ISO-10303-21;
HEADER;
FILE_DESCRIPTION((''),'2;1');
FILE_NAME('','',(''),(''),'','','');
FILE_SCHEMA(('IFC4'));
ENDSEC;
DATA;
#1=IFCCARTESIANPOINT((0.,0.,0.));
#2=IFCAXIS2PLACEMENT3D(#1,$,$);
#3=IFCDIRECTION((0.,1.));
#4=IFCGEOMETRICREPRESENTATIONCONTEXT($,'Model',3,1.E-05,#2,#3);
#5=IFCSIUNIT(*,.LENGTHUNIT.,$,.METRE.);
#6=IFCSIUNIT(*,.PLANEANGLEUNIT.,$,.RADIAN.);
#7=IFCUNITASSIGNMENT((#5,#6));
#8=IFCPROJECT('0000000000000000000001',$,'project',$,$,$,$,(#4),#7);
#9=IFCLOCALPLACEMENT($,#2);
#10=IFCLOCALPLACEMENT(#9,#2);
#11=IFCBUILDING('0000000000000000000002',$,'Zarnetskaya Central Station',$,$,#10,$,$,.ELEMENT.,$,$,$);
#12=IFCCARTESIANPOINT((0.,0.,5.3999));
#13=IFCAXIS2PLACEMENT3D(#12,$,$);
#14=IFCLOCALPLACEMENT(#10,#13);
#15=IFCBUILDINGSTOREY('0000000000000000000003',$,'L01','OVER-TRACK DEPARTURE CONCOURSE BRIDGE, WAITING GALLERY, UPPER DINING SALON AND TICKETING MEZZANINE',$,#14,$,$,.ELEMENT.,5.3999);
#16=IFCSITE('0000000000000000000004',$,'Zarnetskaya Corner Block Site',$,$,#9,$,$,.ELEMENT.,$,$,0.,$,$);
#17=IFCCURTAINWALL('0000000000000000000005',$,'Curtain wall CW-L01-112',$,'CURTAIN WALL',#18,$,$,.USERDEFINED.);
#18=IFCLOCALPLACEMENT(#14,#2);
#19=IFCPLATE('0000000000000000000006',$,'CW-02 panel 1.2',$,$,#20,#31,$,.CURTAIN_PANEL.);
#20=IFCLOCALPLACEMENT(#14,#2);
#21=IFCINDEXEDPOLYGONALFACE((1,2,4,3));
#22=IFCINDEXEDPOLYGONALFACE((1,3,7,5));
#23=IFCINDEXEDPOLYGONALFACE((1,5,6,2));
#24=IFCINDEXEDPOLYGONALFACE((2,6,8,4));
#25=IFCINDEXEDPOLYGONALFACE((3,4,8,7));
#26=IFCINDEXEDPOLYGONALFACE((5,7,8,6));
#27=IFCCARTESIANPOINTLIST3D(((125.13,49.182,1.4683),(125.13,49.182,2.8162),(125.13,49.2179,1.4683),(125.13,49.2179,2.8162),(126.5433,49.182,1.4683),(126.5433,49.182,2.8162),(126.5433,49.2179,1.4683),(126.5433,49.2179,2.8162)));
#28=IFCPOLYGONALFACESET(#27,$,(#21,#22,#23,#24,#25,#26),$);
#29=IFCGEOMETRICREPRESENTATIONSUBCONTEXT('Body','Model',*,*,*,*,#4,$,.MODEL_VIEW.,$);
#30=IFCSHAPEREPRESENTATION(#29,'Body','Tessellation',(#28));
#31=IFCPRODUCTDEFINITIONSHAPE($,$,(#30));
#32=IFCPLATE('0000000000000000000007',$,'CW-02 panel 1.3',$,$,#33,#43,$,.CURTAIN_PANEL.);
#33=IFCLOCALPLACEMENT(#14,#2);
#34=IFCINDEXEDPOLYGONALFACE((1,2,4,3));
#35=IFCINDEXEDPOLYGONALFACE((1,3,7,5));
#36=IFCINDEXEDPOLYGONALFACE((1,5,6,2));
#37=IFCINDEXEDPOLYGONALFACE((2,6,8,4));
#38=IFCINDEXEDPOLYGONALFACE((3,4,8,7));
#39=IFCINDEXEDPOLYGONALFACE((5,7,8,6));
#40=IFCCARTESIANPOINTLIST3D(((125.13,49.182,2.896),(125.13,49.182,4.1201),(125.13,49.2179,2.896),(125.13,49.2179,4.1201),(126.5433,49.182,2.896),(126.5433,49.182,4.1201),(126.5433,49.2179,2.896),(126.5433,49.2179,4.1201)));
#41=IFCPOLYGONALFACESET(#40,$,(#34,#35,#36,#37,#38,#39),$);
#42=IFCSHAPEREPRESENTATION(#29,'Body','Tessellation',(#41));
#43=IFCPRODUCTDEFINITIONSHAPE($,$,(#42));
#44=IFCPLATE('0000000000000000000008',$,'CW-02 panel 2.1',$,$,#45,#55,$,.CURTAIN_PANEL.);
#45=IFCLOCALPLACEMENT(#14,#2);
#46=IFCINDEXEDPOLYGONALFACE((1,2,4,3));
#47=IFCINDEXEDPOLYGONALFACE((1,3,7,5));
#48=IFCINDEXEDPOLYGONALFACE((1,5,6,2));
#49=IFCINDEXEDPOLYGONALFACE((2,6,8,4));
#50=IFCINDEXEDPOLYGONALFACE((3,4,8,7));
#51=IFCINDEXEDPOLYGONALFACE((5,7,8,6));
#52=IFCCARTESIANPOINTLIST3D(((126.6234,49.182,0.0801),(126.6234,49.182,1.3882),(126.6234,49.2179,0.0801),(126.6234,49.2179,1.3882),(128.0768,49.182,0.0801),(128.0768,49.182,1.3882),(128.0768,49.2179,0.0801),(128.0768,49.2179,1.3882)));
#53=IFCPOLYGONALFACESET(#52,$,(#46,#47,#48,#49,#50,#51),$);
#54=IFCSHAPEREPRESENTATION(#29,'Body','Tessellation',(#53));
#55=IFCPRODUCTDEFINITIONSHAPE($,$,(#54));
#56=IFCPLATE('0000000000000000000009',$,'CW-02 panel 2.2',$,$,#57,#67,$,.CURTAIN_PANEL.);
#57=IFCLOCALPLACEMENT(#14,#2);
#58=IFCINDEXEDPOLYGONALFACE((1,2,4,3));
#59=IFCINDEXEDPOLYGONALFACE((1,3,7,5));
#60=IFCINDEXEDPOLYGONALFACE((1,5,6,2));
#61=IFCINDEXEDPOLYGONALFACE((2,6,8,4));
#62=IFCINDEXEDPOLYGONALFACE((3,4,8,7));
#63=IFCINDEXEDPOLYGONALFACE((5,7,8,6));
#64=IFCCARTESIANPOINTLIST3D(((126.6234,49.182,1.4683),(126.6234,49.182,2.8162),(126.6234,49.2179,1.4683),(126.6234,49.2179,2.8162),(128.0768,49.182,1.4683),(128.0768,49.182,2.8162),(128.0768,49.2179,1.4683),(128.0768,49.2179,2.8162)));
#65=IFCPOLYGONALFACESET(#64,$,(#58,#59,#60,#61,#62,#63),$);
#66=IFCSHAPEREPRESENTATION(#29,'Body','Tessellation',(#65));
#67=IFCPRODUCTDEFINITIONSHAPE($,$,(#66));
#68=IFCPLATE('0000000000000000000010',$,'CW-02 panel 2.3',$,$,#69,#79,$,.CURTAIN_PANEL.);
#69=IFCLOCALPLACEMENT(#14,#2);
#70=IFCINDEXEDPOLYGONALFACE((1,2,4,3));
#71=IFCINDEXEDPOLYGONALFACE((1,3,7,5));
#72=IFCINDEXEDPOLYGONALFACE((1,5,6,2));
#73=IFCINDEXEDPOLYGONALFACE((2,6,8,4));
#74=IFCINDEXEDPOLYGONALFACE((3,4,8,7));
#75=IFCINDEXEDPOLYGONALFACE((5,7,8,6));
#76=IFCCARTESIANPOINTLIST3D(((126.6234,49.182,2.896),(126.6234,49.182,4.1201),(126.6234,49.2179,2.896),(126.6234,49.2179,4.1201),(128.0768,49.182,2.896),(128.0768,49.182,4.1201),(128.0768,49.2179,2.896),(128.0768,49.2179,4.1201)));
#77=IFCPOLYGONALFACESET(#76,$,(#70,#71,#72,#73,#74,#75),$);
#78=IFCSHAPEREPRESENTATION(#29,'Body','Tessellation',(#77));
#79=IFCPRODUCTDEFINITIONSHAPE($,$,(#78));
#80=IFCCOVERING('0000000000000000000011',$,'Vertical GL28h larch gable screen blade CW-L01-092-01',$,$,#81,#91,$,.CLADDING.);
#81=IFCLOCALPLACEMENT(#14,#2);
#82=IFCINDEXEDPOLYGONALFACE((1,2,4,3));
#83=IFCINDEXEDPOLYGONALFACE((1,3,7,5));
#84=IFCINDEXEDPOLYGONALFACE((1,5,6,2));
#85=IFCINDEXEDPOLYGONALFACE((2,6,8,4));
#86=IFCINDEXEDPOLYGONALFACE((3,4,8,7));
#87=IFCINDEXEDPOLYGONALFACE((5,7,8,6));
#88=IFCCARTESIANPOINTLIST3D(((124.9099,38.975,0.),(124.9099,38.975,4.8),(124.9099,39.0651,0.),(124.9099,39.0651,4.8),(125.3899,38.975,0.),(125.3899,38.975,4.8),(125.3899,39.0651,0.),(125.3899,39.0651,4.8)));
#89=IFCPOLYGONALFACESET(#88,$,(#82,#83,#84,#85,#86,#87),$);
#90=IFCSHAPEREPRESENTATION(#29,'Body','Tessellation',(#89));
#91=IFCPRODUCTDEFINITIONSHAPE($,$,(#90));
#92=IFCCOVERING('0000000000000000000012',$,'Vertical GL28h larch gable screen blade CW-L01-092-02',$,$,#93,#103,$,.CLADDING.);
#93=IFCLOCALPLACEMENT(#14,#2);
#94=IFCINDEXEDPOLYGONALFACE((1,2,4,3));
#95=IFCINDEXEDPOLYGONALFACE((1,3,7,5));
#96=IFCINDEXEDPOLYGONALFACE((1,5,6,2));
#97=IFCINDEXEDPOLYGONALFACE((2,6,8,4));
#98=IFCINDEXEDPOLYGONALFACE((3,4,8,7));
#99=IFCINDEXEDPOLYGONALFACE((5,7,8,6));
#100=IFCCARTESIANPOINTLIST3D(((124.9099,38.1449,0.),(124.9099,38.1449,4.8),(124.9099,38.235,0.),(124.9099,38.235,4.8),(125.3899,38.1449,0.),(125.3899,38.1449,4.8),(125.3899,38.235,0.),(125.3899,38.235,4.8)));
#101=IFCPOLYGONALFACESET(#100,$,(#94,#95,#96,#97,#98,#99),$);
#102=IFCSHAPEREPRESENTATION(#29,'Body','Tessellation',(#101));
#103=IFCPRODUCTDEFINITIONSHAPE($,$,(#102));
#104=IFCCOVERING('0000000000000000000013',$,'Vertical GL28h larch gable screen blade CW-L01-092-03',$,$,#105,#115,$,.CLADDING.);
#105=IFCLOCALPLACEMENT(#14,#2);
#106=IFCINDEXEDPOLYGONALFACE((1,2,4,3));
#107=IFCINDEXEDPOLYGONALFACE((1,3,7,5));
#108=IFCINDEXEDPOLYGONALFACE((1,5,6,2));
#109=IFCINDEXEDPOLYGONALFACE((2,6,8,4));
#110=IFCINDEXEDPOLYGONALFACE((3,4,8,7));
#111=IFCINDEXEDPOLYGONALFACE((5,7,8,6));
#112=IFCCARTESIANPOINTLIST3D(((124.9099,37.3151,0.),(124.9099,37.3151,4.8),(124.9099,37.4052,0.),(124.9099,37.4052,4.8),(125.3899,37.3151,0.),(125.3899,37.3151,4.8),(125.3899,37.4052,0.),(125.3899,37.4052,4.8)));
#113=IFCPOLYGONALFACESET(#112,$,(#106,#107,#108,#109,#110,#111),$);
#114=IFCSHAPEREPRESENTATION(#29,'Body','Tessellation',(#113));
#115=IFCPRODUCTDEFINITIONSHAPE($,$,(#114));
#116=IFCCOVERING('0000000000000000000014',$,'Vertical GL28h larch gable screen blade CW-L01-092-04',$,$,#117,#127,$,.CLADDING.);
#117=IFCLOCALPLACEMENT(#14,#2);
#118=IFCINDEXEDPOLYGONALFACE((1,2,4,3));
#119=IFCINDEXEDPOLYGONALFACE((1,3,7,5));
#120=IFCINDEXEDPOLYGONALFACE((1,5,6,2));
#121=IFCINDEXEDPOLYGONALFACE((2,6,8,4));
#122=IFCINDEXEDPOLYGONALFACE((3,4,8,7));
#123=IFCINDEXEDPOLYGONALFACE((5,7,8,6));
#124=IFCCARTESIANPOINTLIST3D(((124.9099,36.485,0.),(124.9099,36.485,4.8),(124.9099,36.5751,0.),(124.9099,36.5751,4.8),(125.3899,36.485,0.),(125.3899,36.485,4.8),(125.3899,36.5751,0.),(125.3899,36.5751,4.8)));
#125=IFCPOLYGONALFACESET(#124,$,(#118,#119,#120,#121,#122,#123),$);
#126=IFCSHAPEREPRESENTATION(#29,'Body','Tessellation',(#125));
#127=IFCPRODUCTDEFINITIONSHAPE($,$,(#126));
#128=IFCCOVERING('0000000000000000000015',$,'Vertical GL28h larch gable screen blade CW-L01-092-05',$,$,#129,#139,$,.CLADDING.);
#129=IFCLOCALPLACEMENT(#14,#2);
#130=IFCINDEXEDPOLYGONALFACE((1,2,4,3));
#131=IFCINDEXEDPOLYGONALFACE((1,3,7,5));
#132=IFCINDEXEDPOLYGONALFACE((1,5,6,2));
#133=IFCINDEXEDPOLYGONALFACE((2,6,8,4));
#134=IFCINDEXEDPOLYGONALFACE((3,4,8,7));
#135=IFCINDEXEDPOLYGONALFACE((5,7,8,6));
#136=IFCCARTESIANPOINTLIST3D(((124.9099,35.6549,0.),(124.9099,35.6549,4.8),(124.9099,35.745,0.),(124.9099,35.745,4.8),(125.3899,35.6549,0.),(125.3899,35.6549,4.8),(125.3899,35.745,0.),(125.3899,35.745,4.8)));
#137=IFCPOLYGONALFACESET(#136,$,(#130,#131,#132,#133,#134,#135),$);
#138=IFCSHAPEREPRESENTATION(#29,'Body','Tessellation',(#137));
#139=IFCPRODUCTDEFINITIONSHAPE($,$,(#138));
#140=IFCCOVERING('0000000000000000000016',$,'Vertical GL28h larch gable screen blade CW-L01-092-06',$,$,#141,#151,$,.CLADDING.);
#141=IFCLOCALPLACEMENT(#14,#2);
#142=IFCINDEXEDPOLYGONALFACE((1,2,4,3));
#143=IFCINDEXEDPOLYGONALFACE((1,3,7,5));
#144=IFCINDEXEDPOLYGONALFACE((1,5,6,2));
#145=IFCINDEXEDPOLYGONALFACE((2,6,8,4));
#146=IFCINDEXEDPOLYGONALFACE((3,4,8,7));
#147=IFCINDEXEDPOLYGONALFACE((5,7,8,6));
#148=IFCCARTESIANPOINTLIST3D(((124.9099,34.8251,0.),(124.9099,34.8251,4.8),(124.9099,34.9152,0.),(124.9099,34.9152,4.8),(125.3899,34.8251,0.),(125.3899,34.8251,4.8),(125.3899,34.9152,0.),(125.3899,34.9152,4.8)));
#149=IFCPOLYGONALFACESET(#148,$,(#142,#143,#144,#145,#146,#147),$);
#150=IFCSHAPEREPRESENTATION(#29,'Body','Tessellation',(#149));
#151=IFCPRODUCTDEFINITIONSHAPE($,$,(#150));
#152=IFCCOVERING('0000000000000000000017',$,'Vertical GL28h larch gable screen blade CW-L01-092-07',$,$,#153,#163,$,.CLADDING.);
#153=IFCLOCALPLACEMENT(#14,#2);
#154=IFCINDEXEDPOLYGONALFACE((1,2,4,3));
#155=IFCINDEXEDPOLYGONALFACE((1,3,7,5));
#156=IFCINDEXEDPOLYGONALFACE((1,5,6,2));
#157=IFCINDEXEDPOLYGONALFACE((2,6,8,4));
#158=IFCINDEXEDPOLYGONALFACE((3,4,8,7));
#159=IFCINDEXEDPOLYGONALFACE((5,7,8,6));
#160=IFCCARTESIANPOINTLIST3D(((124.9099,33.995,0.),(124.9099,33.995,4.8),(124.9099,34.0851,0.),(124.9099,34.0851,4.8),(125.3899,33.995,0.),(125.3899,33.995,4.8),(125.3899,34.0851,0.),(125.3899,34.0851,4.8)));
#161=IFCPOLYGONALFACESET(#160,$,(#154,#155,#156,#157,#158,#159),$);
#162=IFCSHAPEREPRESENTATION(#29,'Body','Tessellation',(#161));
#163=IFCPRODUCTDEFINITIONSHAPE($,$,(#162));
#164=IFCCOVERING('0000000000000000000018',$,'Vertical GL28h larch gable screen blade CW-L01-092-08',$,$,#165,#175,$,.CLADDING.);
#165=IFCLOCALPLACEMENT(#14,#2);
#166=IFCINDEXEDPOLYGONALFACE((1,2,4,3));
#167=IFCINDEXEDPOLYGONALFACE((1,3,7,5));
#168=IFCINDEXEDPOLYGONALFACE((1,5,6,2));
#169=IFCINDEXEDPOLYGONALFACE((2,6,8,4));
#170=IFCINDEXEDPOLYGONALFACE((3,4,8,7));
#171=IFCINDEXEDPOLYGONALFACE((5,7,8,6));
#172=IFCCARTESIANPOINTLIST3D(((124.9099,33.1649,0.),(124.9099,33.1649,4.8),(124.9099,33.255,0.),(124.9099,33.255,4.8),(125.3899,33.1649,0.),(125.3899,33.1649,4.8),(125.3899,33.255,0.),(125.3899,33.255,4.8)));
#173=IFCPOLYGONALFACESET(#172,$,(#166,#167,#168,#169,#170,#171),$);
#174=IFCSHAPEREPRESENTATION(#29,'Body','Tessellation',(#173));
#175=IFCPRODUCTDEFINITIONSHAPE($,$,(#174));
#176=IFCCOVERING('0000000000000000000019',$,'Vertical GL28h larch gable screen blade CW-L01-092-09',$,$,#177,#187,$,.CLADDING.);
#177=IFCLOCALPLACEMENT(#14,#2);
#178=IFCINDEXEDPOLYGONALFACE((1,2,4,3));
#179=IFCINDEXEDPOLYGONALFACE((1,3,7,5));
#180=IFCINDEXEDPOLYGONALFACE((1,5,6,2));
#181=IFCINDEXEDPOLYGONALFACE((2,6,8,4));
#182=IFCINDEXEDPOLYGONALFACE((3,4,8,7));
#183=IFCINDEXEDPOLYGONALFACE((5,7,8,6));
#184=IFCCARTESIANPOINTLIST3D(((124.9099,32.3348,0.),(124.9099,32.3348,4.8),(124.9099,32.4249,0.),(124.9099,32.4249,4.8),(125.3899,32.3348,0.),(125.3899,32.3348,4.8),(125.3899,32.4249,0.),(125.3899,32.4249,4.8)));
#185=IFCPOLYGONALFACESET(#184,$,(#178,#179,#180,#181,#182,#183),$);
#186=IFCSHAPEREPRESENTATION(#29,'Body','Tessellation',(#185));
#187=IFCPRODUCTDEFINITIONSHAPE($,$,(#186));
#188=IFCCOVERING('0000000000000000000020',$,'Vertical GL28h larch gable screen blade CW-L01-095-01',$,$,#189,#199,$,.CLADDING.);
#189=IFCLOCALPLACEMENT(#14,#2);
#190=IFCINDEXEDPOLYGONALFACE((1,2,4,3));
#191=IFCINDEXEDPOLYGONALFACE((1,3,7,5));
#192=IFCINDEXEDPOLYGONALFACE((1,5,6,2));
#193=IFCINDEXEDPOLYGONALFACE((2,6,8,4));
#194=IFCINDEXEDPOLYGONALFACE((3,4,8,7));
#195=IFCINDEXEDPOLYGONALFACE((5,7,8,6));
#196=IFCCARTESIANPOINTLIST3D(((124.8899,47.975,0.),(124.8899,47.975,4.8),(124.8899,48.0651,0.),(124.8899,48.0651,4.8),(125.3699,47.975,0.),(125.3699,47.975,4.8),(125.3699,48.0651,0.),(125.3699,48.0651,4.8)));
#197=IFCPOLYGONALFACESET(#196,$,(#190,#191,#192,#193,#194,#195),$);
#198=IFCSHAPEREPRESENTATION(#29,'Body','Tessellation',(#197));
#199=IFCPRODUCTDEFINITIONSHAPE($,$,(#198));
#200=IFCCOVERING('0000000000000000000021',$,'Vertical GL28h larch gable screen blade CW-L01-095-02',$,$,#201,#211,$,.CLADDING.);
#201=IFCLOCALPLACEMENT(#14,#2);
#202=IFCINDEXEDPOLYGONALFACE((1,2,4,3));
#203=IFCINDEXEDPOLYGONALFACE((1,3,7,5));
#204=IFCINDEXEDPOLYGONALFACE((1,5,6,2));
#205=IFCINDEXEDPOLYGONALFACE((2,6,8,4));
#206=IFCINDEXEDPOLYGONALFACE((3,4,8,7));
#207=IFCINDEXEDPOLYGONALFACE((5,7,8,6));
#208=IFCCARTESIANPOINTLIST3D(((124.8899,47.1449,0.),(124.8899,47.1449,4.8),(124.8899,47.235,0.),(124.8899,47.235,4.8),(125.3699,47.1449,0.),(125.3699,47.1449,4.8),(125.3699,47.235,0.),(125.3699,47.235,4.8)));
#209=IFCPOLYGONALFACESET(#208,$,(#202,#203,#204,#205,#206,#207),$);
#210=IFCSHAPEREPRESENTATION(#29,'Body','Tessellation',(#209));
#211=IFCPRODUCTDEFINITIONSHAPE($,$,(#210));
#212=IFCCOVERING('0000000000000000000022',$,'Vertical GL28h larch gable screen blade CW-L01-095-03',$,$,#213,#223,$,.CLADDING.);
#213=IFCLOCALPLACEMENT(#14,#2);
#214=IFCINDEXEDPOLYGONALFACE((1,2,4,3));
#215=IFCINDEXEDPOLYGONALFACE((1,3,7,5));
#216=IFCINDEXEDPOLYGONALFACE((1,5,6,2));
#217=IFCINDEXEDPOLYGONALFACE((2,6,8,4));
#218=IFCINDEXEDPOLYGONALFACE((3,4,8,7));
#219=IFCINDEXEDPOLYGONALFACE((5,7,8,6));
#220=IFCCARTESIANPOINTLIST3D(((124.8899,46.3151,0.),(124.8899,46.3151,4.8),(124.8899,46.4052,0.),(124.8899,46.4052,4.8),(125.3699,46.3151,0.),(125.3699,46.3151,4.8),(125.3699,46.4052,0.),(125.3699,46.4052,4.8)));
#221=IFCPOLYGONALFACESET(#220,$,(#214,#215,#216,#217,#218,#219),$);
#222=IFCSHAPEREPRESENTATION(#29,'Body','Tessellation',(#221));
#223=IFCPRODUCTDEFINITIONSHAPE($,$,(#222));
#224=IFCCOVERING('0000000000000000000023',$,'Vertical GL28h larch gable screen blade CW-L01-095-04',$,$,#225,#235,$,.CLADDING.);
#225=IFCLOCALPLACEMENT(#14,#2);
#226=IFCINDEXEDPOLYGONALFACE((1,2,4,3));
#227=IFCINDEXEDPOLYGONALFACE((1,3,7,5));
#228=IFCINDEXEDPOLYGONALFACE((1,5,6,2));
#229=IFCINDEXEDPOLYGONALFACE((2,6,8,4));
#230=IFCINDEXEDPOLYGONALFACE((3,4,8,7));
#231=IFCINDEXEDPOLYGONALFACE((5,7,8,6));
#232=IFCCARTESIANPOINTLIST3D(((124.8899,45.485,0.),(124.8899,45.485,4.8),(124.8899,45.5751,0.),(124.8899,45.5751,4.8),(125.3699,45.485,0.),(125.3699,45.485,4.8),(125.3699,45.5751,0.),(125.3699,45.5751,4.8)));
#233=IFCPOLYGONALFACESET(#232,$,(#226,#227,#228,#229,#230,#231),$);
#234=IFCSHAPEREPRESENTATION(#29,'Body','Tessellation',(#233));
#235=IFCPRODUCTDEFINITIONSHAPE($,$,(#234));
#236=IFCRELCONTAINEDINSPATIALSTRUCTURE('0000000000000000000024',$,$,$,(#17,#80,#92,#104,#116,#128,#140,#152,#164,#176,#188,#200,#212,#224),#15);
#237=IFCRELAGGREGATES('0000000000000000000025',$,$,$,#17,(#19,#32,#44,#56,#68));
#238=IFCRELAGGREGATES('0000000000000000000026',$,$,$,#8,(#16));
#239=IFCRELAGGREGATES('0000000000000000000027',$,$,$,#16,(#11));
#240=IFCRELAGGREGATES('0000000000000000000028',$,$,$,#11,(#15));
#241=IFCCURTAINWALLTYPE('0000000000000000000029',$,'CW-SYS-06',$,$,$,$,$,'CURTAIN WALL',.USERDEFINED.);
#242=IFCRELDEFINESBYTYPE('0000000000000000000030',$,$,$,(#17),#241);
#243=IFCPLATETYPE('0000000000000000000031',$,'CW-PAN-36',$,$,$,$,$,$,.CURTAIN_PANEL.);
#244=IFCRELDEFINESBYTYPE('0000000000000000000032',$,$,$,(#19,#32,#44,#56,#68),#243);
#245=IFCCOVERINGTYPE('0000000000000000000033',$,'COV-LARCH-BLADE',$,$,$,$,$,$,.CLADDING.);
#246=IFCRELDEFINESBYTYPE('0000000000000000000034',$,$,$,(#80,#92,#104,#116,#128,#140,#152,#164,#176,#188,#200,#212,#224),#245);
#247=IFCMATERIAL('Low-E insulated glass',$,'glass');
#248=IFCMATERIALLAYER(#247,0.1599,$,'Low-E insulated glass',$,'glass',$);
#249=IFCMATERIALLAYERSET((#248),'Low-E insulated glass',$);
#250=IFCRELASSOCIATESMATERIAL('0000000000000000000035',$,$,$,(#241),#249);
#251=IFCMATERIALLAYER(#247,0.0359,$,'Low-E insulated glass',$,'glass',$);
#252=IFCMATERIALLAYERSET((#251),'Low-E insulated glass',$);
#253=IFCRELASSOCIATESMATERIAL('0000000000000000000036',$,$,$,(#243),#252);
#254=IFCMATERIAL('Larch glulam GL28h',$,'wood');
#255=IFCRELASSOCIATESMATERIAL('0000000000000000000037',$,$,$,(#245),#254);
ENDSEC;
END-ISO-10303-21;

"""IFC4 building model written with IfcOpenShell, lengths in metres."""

from ifc_helpers import new_model, si_unit, direction, frame, origin, origin_2d, place, context, subcontext, project, spatial, rectangle, extrude, material, layer, layer_set, type_object, element, aggregate, save


model = new_model("IFC4")

# Units and contexts
model_context = context("Model", 3, precision=1e-05, world=origin(), true_north=direction((0.0, 1.0)))
body_context = subcontext(model_context, "Body", "Model", "MODEL_VIEW")
ifc_project = project(units=[si_unit("LENGTHUNIT", "METRE"), si_unit("PLANEANGLEUNIT", "RADIAN")], contexts=[model_context])

# Site, building, storey
site_placement = place(None, origin())
site = spatial("IfcSite", under=ifc_project, at=site_placement, Name="Zarnetskaya Corner Block Site", CompositionType="ELEMENT", RefElevation=0.0)
building_placement = place(site_placement, origin())
building = spatial("IfcBuilding", under=site, at=building_placement, Name="Zarnetskaya Central Station", CompositionType="ELEMENT")
storey_placement = place(building_placement, frame((0.0, 0.0, 5.3999)))
storey = spatial("IfcBuildingStorey", under=building, at=storey_placement, Name="L01", Description="OVER-TRACK DEPARTURE CONCOURSE BRIDGE, WAITING GALLERY, UPPER DINING SALON AND TICKETING MEZZANINE", CompositionType="ELEMENT", Elevation=5.3999)

# Curtain wall, plates
ifc_material_1 = material(Name="Low-E insulated glass", Category="glass")
ifc_layer_1 = layer(ifc_material_1, 0.1599, Name="Low-E insulated glass", Category="glass")
ifc_layer_set_1 = layer_set([ifc_layer_1], Name="Low-E insulated glass")
curtain_wall_type = type_object("IfcCurtainWallType", Name="CW-SYS-06", ElementType="CURTAIN WALL", PredefinedType="USERDEFINED", material=ifc_layer_set_1)
curtain_wall_placement = place(storey_placement, origin())
curtain_wall = element("IfcCurtainWall", 1, at=curtain_wall_placement, inside=storey, type_object=curtain_wall_type, Name="Curtain wall CW-L01-112", ObjectType="CURTAIN WALL", PredefinedType="USERDEFINED")
ifc_layer_2 = layer(ifc_material_1, 0.0359, Name="Low-E insulated glass", Category="glass")
ifc_layer_set_2 = layer_set([ifc_layer_2], Name="Low-E insulated glass")
plate_type = type_object("IfcPlateType", Name="CW-PAN-36", PredefinedType="CURTAIN_PANEL", material=ifc_layer_set_2)
plate_1_placement = place(storey_placement, frame((125.8367, 49.2, 1.4683), z_axis=(0.0, 0.0, 1.0), x_axis=(1.0, 0.0, 0.0)))
plate_1 = element("IfcPlate", 2, at=plate_1_placement, type_object=plate_type, Name="CW-02 panel 1.2", PredefinedType="CURTAIN_PANEL", context=body_context, shape_type="SweptSolid", body=[
    extrude(rectangle(XDim=1.4133, YDim=0.0359, at=origin_2d()), origin(), (0.0, 0.0, 1.0), 1.3479),
])
plate_2_placement = place(storey_placement, frame((125.8367, 49.2, 2.896), z_axis=(0.0, 0.0, 1.0), x_axis=(1.0, 0.0, 0.0)))
plate_2 = element("IfcPlate", 3, at=plate_2_placement, type_object=plate_type, Name="CW-02 panel 1.3", PredefinedType="CURTAIN_PANEL", context=body_context, shape_type="SweptSolid", body=[
    extrude(rectangle(XDim=1.4133, YDim=0.0359, at=origin_2d()), origin(), (0.0, 0.0, 1.0), 1.2241),
])
plate_3_placement = place(storey_placement, frame((127.3501, 49.2, 0.0801), z_axis=(0.0, 0.0, 1.0), x_axis=(1.0, 0.0, 0.0)))
plate_3 = element("IfcPlate", 4, at=plate_3_placement, type_object=plate_type, Name="CW-02 panel 2.1", PredefinedType="CURTAIN_PANEL", context=body_context, shape_type="SweptSolid", body=[
    extrude(rectangle(XDim=1.4534, YDim=0.0359, at=origin_2d()), origin(), (0.0, 0.0, 1.0), 1.3081),
])
plate_4_placement = place(storey_placement, frame((127.3501, 49.2, 1.4683), z_axis=(0.0, 0.0, 1.0), x_axis=(1.0, 0.0, 0.0)))
plate_4 = element("IfcPlate", 5, at=plate_4_placement, type_object=plate_type, Name="CW-02 panel 2.2", PredefinedType="CURTAIN_PANEL", context=body_context, shape_type="SweptSolid", body=[
    extrude(rectangle(XDim=1.4534, YDim=0.0359, at=origin_2d()), origin(), (0.0, 0.0, 1.0), 1.3479),
])
plate_5_placement = place(storey_placement, frame((127.3501, 49.2, 2.896), z_axis=(0.0, 0.0, 1.0), x_axis=(1.0, 0.0, 0.0)))
plate_5 = element("IfcPlate", 6, at=plate_5_placement, type_object=plate_type, Name="CW-02 panel 2.3", PredefinedType="CURTAIN_PANEL", context=body_context, shape_type="SweptSolid", body=[
    extrude(rectangle(XDim=1.4534, YDim=0.0359, at=origin_2d()), origin(), (0.0, 0.0, 1.0), 1.2241),
])
aggregate(curtain_wall, [plate_1, plate_2, plate_3, plate_4, plate_5])

# Coverings
ifc_material_2 = material(Name="Larch glulam GL28h", Category="wood")
covering_type = type_object("IfcCoveringType", Name="COV-LARCH-BLADE", PredefinedType="CLADDING", material=ifc_material_2)
for number, where, z_axis, x_axis, name in (
    (7, (125.1499, 39.02, 0.0), (0.0, 0.0, 1.0), (0.0, -1.0, 0.0), "Vertical GL28h larch gable screen blade CW-L01-092-01"),
    (8, (125.1499, 38.1899, 0.0), (0.0, 0.0, 1.0), (0.0, -1.0, 0.0), "Vertical GL28h larch gable screen blade CW-L01-092-02"),
    (9, (125.1499, 37.3601, 0.0), (0.0, 0.0, 1.0), (0.0, -1.0, 0.0), "Vertical GL28h larch gable screen blade CW-L01-092-03"),
    (10, (125.1499, 36.53, 0.0), (0.0, 0.0, 1.0), (0.0, -1.0, 0.0), "Vertical GL28h larch gable screen blade CW-L01-092-04"),
    (11, (125.1499, 35.7, 0.0), (0.0, 0.0, 1.0), (0.0, -1.0, 0.0), "Vertical GL28h larch gable screen blade CW-L01-092-05"),
    (12, (125.1499, 34.8701, 0.0), (0.0, 0.0, 1.0), (0.0, -1.0, 0.0), "Vertical GL28h larch gable screen blade CW-L01-092-06"),
    (13, (125.1499, 34.04, 0.0), (0.0, 0.0, 1.0), (0.0, -1.0, 0.0), "Vertical GL28h larch gable screen blade CW-L01-092-07"),
    (14, (125.1499, 33.21, 0.0), (0.0, 0.0, 1.0), (0.0, -1.0, 0.0), "Vertical GL28h larch gable screen blade CW-L01-092-08"),
    (15, (125.1499, 32.3799, 0.0), (0.0, 0.0, 1.0), (0.0, -1.0, 0.0), "Vertical GL28h larch gable screen blade CW-L01-092-09"),
    (16, (125.1299, 48.02, 0.0), (0.0, 0.0, 1.0), (0.0, -1.0, 0.0), "Vertical GL28h larch gable screen blade CW-L01-095-01"),
    (17, (125.1299, 47.1899, 0.0), (0.0, 0.0, 1.0), (0.0, -1.0, 0.0), "Vertical GL28h larch gable screen blade CW-L01-095-02"),
    (18, (125.1299, 46.3601, 0.0), (0.0, 0.0, 1.0), (0.0, -1.0, 0.0), "Vertical GL28h larch gable screen blade CW-L01-095-03"),
    (19, (125.1299, 45.53, 0.0), (0.0, 0.0, 1.0), (0.0, -1.0, 0.0), "Vertical GL28h larch gable screen blade CW-L01-095-04"),
):
    element("IfcCovering", number, at=place(storey_placement, frame(where, z_axis=z_axis, x_axis=x_axis)), inside=storey, type_object=covering_type, Name=name, PredefinedType="CLADDING", context=body_context, shape_type="SweptSolid", body=[
        extrude(rectangle(XDim=0.0901, YDim=0.48, at=origin_2d()), origin(), (0.0, 0.0, 1.0), 4.8),
    ])

save(model, "model.ifc")
